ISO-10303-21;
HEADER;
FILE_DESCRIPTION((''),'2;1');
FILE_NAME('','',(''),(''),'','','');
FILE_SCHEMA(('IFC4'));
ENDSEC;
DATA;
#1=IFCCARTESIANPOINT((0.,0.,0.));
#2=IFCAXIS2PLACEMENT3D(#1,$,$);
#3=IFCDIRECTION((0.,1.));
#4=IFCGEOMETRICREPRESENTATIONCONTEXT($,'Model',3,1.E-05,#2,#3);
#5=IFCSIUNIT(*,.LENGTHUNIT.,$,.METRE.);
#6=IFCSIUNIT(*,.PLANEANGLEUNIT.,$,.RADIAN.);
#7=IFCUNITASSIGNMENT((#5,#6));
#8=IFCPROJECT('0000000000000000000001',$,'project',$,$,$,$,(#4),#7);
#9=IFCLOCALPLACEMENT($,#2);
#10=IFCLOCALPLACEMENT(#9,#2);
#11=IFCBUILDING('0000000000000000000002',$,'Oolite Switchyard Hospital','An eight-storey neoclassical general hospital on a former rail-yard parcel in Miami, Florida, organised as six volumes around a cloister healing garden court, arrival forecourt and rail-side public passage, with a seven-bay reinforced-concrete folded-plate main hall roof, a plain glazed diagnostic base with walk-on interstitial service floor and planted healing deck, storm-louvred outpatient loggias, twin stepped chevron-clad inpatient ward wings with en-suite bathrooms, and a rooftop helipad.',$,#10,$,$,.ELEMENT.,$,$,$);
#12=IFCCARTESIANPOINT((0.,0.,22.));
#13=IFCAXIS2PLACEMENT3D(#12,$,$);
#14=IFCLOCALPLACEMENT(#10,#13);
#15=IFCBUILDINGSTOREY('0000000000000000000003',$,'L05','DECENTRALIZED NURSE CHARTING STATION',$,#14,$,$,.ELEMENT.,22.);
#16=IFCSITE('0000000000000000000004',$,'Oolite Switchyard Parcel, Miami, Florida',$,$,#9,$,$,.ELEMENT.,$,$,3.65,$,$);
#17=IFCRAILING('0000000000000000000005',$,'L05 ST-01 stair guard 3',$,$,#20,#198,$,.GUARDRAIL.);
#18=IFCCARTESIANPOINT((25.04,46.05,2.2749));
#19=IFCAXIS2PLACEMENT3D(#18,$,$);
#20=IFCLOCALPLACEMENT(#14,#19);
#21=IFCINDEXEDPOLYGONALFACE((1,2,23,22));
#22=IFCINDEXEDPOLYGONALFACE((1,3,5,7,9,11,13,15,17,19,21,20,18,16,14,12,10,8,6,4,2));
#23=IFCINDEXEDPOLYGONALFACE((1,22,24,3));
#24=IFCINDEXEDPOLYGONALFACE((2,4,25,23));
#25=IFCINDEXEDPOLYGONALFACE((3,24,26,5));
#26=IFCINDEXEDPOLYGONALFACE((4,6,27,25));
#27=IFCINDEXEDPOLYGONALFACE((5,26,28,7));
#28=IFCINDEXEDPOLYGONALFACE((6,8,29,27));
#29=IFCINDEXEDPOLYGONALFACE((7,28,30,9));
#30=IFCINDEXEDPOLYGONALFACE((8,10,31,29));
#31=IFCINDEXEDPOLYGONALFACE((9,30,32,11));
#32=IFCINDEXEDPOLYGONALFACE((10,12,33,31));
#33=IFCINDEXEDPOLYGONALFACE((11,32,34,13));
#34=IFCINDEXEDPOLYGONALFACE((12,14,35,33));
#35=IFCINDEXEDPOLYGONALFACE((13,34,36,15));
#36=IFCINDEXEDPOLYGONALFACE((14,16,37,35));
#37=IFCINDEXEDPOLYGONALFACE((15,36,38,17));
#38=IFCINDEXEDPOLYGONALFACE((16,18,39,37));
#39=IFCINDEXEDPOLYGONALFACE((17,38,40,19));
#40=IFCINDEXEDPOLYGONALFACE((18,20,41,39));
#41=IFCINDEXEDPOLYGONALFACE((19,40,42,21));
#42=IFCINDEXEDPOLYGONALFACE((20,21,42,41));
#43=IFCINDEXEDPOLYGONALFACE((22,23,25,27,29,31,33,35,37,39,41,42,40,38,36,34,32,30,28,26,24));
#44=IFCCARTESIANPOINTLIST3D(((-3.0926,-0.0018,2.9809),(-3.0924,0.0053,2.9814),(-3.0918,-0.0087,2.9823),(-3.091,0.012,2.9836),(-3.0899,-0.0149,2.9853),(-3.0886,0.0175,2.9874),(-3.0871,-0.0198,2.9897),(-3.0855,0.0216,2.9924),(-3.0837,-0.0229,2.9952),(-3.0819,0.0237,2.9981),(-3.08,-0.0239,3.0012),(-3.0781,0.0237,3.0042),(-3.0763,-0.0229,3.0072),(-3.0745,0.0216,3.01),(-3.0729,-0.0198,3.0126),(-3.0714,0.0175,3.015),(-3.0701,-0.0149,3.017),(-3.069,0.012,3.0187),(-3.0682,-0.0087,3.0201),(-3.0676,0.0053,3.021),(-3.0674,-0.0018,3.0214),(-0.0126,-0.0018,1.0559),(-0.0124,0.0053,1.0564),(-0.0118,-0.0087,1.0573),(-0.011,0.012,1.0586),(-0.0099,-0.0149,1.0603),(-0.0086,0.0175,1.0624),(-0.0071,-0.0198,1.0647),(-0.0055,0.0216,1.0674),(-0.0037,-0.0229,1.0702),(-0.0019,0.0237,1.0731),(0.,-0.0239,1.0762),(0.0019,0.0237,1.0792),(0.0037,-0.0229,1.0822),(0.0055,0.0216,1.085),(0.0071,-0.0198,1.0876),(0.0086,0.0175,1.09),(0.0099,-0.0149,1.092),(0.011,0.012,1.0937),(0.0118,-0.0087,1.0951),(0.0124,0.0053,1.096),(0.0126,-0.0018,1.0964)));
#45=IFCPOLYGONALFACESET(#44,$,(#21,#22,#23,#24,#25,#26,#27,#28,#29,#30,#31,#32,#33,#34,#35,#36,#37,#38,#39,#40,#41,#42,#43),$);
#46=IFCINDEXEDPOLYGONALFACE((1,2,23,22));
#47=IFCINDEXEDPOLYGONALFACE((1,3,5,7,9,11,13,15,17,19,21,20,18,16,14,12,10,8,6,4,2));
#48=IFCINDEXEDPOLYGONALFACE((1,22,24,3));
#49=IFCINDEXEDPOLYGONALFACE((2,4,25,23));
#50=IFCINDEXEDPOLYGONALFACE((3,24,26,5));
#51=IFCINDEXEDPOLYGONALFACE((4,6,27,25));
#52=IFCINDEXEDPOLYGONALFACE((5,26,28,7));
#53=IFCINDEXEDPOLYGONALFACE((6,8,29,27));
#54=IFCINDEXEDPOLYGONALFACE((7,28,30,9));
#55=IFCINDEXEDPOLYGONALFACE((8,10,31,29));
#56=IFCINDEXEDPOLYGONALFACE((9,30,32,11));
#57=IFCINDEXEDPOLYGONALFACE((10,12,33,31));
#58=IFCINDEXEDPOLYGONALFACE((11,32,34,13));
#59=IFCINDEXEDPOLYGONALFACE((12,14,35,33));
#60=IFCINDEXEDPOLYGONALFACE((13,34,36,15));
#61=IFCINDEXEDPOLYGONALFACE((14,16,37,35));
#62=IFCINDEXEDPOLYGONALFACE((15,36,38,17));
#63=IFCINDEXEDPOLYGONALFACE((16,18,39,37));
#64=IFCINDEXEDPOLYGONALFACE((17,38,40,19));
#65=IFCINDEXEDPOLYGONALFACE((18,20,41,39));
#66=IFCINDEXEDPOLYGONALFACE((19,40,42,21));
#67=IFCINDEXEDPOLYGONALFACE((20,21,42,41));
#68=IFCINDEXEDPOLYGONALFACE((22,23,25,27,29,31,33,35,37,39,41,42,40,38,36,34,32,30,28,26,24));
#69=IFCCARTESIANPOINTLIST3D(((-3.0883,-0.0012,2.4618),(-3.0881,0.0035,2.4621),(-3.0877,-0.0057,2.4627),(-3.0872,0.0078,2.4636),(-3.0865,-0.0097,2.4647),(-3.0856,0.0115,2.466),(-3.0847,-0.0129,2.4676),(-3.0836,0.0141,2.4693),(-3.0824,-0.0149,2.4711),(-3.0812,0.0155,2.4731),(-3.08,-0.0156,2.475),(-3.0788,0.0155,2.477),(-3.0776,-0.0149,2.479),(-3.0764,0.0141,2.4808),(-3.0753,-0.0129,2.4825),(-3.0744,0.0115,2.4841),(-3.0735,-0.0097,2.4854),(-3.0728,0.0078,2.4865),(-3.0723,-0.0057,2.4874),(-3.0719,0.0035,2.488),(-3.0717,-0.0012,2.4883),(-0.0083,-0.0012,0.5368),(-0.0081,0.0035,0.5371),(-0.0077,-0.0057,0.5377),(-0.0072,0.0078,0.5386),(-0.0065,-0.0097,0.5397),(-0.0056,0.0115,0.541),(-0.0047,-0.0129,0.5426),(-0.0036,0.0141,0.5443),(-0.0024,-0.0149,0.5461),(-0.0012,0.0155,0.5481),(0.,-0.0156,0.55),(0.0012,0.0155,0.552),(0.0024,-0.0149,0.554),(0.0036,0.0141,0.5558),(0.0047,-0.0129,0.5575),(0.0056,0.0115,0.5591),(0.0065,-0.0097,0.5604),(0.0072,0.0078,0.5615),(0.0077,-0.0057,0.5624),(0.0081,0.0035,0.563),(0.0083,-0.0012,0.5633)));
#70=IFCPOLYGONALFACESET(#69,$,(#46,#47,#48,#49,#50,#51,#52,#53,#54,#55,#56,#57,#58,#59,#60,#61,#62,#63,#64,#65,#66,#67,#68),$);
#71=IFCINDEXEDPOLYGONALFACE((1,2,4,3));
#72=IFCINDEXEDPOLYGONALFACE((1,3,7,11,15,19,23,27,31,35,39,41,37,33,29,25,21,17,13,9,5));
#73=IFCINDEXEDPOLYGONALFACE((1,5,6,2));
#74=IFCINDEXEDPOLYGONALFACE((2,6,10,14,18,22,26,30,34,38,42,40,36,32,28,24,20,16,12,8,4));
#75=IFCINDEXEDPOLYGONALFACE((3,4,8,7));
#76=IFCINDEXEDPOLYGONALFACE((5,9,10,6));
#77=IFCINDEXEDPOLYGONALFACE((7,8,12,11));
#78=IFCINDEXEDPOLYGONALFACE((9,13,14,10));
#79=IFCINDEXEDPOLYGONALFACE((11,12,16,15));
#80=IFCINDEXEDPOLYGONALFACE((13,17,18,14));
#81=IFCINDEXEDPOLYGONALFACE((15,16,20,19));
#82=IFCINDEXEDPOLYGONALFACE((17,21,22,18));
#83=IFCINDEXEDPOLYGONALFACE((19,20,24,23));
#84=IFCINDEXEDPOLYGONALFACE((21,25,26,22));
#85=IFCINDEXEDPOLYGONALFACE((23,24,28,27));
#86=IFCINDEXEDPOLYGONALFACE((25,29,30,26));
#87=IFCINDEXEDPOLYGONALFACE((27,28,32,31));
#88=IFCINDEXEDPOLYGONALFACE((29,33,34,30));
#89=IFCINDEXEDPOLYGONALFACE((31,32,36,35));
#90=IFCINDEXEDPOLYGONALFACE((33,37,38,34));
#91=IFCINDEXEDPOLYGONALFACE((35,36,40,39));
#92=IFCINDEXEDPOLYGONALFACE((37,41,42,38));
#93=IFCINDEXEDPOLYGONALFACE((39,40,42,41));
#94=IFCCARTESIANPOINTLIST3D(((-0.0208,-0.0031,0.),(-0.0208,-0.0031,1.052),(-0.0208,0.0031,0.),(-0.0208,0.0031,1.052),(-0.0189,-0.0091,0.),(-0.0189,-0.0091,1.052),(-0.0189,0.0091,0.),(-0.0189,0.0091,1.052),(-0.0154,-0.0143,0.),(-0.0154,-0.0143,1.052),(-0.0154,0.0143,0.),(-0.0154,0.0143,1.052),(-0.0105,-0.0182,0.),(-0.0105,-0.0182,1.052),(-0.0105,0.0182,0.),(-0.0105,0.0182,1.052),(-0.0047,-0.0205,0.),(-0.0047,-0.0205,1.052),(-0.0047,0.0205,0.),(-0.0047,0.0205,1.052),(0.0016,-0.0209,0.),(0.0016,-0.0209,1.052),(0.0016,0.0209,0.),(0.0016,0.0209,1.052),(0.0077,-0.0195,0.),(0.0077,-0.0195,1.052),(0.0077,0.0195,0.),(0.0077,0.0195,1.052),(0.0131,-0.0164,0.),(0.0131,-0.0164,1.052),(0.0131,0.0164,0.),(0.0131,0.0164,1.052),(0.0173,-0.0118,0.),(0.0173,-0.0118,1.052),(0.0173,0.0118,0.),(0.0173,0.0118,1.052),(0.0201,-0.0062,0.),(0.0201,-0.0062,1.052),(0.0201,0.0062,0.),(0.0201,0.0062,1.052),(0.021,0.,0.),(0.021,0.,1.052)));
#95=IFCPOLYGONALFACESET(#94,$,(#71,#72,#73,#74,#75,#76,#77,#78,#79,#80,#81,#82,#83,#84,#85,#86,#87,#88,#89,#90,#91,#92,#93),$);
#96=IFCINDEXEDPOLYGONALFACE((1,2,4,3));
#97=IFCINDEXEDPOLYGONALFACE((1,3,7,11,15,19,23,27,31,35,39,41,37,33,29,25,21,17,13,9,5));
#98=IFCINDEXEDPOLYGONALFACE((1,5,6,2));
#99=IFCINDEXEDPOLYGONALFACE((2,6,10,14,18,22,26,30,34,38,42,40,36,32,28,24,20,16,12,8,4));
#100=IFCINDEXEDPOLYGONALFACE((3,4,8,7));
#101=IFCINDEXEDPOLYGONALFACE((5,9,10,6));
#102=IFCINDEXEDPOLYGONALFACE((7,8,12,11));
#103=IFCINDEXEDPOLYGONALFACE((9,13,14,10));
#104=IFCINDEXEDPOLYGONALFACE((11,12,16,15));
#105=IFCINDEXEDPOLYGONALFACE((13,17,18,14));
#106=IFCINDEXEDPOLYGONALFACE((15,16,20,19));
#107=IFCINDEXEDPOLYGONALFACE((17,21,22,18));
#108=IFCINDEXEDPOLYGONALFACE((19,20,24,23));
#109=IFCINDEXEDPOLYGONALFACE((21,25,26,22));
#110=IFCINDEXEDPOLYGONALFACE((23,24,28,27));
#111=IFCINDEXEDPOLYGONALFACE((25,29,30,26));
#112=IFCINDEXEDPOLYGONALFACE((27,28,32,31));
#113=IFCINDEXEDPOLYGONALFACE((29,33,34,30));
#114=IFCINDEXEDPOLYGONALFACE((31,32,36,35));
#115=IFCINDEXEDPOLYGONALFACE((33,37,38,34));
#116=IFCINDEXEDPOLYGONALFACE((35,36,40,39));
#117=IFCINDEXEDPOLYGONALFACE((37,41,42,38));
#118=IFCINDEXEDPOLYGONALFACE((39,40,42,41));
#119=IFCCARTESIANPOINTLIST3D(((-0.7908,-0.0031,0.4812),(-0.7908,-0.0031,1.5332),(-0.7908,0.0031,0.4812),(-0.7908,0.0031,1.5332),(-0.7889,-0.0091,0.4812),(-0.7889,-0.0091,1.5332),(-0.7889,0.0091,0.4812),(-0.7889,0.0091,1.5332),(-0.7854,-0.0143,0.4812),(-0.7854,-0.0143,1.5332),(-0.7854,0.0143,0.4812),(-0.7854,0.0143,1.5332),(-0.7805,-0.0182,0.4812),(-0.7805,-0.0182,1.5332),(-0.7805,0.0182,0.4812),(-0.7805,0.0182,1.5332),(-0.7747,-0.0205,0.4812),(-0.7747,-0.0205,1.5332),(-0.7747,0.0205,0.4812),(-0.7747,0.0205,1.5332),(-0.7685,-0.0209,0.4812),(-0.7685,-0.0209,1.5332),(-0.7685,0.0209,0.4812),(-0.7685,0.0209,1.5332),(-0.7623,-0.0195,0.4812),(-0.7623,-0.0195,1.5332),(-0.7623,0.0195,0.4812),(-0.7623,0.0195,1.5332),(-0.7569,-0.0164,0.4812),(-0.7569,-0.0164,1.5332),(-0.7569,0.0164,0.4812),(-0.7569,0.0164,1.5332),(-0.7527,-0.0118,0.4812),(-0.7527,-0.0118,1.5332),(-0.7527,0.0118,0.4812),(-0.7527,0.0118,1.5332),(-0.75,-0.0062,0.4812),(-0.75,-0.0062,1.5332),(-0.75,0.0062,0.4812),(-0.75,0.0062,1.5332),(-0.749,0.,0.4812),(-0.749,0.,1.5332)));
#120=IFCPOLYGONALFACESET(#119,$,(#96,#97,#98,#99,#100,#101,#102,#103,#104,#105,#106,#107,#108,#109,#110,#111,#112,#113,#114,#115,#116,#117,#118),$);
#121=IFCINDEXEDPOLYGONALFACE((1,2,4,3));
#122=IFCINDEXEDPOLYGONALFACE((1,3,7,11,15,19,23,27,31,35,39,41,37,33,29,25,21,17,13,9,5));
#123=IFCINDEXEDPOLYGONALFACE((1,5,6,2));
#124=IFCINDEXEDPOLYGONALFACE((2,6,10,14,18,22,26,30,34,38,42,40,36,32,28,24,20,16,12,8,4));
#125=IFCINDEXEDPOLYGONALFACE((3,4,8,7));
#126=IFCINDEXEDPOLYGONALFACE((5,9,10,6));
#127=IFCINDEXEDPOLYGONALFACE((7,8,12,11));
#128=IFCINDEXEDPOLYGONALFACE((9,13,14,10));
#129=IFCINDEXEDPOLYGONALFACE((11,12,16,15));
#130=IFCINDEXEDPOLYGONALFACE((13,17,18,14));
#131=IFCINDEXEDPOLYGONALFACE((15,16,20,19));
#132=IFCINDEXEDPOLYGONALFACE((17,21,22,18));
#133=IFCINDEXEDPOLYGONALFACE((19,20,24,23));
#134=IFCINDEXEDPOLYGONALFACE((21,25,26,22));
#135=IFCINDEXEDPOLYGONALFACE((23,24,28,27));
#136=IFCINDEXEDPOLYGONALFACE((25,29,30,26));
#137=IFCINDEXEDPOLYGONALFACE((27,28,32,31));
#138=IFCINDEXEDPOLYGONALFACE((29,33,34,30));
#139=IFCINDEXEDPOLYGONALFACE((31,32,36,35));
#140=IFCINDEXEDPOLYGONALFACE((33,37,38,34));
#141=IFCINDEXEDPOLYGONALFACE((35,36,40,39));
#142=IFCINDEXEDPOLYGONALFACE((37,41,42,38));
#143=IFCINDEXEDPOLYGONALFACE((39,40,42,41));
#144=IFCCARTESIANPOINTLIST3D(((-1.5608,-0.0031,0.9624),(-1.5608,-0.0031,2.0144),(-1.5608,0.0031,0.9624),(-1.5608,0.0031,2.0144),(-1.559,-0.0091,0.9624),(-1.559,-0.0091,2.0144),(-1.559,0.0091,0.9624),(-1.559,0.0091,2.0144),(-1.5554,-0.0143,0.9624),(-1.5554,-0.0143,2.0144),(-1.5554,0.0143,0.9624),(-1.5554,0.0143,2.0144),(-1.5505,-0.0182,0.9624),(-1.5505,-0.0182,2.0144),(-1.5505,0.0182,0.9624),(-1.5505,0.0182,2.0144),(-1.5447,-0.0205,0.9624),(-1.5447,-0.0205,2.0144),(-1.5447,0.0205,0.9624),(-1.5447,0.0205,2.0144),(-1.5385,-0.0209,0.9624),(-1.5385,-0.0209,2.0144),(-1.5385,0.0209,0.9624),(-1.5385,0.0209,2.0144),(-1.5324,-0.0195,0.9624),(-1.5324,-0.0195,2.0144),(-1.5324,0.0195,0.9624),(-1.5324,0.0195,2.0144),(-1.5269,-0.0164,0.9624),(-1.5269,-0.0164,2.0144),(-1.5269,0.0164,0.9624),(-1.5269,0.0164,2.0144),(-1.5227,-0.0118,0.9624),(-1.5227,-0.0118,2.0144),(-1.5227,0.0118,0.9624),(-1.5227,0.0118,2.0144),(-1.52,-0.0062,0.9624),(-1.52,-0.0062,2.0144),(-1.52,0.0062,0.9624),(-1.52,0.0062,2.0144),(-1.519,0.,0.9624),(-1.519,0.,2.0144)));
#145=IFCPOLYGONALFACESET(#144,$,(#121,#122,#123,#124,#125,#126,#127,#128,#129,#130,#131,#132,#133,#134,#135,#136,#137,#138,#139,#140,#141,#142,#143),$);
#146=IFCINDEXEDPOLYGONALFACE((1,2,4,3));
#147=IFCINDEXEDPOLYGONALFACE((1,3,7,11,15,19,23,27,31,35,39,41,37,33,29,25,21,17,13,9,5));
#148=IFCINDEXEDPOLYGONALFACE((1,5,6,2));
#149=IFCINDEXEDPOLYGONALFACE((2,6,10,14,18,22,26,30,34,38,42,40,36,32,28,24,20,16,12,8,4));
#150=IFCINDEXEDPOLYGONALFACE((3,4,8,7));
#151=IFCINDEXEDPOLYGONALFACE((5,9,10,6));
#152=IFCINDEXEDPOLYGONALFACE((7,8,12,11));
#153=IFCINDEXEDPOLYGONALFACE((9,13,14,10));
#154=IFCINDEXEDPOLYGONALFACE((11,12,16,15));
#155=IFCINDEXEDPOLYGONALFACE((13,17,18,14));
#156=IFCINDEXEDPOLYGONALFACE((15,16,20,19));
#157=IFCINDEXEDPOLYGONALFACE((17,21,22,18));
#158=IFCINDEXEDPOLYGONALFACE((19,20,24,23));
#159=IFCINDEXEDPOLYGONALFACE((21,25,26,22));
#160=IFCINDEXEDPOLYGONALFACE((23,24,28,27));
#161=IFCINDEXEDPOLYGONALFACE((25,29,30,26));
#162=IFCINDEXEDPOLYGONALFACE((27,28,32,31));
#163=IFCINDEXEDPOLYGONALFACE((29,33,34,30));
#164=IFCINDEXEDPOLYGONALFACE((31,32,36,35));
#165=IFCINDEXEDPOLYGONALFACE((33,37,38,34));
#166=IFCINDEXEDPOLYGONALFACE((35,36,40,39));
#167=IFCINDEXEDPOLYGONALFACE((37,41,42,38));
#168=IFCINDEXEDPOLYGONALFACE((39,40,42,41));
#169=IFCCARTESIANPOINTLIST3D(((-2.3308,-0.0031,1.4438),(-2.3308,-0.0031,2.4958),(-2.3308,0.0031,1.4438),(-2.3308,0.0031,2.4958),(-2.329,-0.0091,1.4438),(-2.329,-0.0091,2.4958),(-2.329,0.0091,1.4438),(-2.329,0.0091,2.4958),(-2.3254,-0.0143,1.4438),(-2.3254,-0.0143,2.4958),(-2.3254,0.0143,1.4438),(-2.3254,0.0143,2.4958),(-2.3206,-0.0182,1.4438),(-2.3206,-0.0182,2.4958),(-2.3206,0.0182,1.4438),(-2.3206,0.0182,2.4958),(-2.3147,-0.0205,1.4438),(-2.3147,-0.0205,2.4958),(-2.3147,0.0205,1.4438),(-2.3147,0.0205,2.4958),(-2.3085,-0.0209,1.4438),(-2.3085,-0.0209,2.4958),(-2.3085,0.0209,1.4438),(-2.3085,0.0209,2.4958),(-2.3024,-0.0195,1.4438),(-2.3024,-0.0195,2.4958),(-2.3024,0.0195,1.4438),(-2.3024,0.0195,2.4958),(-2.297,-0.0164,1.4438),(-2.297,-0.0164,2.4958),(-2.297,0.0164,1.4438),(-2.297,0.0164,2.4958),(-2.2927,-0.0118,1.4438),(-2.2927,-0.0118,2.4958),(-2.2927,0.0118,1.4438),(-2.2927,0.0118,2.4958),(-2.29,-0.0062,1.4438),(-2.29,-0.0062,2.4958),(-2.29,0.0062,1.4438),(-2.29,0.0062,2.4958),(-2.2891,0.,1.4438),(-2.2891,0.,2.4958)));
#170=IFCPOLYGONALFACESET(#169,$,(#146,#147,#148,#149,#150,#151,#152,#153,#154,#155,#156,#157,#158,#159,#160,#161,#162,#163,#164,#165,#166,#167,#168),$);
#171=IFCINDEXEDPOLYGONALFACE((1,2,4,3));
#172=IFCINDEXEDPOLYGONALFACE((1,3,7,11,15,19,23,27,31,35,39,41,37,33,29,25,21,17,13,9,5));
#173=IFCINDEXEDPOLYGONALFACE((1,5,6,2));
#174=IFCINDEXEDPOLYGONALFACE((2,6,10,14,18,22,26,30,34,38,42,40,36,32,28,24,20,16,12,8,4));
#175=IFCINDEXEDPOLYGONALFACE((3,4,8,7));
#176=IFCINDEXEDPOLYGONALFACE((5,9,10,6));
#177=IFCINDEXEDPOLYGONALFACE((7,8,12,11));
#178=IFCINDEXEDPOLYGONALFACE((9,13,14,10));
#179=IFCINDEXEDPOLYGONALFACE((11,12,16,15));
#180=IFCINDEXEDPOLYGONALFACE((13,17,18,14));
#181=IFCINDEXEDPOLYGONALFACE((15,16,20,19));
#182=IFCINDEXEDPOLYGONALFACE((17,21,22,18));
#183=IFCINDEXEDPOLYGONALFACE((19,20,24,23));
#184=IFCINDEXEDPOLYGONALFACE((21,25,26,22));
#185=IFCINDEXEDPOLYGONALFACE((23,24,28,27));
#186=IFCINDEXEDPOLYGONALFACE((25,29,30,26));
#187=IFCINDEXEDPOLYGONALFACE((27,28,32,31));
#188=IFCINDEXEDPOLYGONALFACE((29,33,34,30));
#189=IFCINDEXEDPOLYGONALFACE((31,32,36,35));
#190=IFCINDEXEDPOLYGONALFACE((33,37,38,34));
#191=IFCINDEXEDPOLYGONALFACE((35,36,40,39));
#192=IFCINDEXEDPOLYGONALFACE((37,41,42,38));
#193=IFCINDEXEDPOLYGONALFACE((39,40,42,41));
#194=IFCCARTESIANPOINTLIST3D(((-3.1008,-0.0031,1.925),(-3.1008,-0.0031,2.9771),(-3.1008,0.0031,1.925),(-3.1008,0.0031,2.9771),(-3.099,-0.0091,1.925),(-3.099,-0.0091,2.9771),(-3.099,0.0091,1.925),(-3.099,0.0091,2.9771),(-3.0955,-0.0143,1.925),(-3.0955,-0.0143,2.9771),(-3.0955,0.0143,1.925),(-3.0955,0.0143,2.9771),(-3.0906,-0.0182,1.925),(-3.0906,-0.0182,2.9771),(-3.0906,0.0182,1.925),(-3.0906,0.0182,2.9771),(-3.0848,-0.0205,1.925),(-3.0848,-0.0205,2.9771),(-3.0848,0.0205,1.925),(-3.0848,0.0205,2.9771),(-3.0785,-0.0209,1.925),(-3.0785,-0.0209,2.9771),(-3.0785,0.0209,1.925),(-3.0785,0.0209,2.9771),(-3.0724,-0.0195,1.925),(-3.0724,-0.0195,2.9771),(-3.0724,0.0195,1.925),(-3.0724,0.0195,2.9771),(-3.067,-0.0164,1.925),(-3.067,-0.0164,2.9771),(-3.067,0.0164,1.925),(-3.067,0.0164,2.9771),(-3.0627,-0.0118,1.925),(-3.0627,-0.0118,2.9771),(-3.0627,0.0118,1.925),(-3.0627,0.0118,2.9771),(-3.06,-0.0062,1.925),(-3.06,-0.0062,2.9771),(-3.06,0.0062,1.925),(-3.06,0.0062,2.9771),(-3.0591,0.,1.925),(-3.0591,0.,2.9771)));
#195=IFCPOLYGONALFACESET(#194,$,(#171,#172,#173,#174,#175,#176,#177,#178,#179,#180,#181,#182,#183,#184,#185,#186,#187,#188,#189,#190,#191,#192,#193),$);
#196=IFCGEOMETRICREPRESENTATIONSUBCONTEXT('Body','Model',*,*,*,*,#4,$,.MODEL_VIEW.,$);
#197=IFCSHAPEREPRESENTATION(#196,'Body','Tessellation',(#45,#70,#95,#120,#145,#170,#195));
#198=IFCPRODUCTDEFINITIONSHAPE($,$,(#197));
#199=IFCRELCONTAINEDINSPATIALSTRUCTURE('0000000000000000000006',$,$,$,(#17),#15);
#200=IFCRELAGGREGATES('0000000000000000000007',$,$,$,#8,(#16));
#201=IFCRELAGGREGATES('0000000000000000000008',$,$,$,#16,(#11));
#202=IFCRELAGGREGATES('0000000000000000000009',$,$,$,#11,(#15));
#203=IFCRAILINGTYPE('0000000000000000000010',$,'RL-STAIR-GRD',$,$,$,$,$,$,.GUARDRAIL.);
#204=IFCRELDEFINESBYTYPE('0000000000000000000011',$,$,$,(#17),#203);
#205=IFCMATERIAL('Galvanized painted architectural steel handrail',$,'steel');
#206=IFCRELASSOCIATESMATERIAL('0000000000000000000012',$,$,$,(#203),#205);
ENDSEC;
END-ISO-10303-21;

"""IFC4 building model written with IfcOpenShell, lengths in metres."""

from ifc_helpers import new_model, si_unit, direction, frame, origin, origin_2d, place, context, subcontext, project, spatial, circle, extrude, material, type_object, element, save


model = new_model("IFC4")

# Units and contexts
model_context = context("Model", 3, precision=1e-05, world=origin(), true_north=direction((0.0, 1.0)))
body_context = subcontext(model_context, "Body", "Model", "MODEL_VIEW")
ifc_project = project(units=[si_unit("LENGTHUNIT", "METRE"), si_unit("PLANEANGLEUNIT", "RADIAN")], contexts=[model_context])

# Site, building, storey
site_placement = place(None, origin())
site = spatial("IfcSite", under=ifc_project, at=site_placement, Name="Oolite Switchyard Parcel, Miami, Florida", CompositionType="ELEMENT", RefElevation=3.65)
building_placement = place(site_placement, origin())
building = spatial("IfcBuilding", under=site, at=building_placement, Name="Oolite Switchyard Hospital", Description="An eight-storey neoclassical general hospital on a former rail-yard parcel in Miami, Florida, organised as six volumes around a cloister healing garden court, arrival forecourt and rail-side public passage, with a seven-bay reinforced-concrete folded-plate main hall roof, a plain glazed diagnostic base with walk-on interstitial service floor and planted healing deck, storm-louvred outpatient loggias, twin stepped chevron-clad inpatient ward wings with en-suite bathrooms, and a rooftop helipad.", CompositionType="ELEMENT")
storey_placement = place(building_placement, frame((0.0, 0.0, 22.0)))
storey = spatial("IfcBuildingStorey", under=building, at=storey_placement, Name="L05", Description="DECENTRALIZED NURSE CHARTING STATION", CompositionType="ELEMENT", Elevation=22.0)

# Railing
ifc_material_1 = material(Name="Galvanized painted architectural steel handrail", Category="steel")
railing_type_1 = type_object("IfcRailingType", Name="RL-STAIR-GRD", PredefinedType="GUARDRAIL", material=ifc_material_1)
railing_1_placement = place(storey_placement, frame((25.04, 46.05, 2.2749)))
element("IfcRailing", 1, at=railing_1_placement, inside=storey, type_object=railing_type_1, Name="L05 ST-01 stair guard 3", PredefinedType="GUARDRAIL", context=body_context, shape_type="SweptSolid", body=[
    extrude(circle(Radius=0.0239, at=origin_2d()), frame((0.0, 0.0, 1.0762), z_axis=(-0.847998, 0.0, 0.529999), x_axis=(0.0, -1.0, 0.0)), (0.0, 0.0, 1.0), 3.6321),
    extrude(circle(Radius=0.0156, at=origin_2d()), frame((0.0, 0.0, 0.55), z_axis=(-0.847998, 0.0, 0.529999), x_axis=(0.0, -1.0, 0.0)), (0.0, 0.0, 1.0), 3.6321),
    extrude(circle(Radius=0.021, at=origin_2d()), origin(), (0.0, 0.0, 1.0), 1.052),
    extrude(circle(Radius=0.021, at=origin_2d()), frame((-0.77, 0.0, 0.4812)), (0.0, 0.0, 1.0), 1.052),
    extrude(circle(Radius=0.021, at=origin_2d()), frame((-1.54, 0.0, 0.9624)), (0.0, 0.0, 1.0), 1.052),
    extrude(circle(Radius=0.021, at=origin_2d()), frame((-2.3101, 0.0, 1.4438)), (0.0, 0.0, 1.0), 1.052),
    extrude(circle(Radius=0.021, at=origin_2d()), frame((-3.0801, 0.0, 1.925)), (0.0, 0.0, 1.0), 1.052),
])

save(model, "model.ifc")
